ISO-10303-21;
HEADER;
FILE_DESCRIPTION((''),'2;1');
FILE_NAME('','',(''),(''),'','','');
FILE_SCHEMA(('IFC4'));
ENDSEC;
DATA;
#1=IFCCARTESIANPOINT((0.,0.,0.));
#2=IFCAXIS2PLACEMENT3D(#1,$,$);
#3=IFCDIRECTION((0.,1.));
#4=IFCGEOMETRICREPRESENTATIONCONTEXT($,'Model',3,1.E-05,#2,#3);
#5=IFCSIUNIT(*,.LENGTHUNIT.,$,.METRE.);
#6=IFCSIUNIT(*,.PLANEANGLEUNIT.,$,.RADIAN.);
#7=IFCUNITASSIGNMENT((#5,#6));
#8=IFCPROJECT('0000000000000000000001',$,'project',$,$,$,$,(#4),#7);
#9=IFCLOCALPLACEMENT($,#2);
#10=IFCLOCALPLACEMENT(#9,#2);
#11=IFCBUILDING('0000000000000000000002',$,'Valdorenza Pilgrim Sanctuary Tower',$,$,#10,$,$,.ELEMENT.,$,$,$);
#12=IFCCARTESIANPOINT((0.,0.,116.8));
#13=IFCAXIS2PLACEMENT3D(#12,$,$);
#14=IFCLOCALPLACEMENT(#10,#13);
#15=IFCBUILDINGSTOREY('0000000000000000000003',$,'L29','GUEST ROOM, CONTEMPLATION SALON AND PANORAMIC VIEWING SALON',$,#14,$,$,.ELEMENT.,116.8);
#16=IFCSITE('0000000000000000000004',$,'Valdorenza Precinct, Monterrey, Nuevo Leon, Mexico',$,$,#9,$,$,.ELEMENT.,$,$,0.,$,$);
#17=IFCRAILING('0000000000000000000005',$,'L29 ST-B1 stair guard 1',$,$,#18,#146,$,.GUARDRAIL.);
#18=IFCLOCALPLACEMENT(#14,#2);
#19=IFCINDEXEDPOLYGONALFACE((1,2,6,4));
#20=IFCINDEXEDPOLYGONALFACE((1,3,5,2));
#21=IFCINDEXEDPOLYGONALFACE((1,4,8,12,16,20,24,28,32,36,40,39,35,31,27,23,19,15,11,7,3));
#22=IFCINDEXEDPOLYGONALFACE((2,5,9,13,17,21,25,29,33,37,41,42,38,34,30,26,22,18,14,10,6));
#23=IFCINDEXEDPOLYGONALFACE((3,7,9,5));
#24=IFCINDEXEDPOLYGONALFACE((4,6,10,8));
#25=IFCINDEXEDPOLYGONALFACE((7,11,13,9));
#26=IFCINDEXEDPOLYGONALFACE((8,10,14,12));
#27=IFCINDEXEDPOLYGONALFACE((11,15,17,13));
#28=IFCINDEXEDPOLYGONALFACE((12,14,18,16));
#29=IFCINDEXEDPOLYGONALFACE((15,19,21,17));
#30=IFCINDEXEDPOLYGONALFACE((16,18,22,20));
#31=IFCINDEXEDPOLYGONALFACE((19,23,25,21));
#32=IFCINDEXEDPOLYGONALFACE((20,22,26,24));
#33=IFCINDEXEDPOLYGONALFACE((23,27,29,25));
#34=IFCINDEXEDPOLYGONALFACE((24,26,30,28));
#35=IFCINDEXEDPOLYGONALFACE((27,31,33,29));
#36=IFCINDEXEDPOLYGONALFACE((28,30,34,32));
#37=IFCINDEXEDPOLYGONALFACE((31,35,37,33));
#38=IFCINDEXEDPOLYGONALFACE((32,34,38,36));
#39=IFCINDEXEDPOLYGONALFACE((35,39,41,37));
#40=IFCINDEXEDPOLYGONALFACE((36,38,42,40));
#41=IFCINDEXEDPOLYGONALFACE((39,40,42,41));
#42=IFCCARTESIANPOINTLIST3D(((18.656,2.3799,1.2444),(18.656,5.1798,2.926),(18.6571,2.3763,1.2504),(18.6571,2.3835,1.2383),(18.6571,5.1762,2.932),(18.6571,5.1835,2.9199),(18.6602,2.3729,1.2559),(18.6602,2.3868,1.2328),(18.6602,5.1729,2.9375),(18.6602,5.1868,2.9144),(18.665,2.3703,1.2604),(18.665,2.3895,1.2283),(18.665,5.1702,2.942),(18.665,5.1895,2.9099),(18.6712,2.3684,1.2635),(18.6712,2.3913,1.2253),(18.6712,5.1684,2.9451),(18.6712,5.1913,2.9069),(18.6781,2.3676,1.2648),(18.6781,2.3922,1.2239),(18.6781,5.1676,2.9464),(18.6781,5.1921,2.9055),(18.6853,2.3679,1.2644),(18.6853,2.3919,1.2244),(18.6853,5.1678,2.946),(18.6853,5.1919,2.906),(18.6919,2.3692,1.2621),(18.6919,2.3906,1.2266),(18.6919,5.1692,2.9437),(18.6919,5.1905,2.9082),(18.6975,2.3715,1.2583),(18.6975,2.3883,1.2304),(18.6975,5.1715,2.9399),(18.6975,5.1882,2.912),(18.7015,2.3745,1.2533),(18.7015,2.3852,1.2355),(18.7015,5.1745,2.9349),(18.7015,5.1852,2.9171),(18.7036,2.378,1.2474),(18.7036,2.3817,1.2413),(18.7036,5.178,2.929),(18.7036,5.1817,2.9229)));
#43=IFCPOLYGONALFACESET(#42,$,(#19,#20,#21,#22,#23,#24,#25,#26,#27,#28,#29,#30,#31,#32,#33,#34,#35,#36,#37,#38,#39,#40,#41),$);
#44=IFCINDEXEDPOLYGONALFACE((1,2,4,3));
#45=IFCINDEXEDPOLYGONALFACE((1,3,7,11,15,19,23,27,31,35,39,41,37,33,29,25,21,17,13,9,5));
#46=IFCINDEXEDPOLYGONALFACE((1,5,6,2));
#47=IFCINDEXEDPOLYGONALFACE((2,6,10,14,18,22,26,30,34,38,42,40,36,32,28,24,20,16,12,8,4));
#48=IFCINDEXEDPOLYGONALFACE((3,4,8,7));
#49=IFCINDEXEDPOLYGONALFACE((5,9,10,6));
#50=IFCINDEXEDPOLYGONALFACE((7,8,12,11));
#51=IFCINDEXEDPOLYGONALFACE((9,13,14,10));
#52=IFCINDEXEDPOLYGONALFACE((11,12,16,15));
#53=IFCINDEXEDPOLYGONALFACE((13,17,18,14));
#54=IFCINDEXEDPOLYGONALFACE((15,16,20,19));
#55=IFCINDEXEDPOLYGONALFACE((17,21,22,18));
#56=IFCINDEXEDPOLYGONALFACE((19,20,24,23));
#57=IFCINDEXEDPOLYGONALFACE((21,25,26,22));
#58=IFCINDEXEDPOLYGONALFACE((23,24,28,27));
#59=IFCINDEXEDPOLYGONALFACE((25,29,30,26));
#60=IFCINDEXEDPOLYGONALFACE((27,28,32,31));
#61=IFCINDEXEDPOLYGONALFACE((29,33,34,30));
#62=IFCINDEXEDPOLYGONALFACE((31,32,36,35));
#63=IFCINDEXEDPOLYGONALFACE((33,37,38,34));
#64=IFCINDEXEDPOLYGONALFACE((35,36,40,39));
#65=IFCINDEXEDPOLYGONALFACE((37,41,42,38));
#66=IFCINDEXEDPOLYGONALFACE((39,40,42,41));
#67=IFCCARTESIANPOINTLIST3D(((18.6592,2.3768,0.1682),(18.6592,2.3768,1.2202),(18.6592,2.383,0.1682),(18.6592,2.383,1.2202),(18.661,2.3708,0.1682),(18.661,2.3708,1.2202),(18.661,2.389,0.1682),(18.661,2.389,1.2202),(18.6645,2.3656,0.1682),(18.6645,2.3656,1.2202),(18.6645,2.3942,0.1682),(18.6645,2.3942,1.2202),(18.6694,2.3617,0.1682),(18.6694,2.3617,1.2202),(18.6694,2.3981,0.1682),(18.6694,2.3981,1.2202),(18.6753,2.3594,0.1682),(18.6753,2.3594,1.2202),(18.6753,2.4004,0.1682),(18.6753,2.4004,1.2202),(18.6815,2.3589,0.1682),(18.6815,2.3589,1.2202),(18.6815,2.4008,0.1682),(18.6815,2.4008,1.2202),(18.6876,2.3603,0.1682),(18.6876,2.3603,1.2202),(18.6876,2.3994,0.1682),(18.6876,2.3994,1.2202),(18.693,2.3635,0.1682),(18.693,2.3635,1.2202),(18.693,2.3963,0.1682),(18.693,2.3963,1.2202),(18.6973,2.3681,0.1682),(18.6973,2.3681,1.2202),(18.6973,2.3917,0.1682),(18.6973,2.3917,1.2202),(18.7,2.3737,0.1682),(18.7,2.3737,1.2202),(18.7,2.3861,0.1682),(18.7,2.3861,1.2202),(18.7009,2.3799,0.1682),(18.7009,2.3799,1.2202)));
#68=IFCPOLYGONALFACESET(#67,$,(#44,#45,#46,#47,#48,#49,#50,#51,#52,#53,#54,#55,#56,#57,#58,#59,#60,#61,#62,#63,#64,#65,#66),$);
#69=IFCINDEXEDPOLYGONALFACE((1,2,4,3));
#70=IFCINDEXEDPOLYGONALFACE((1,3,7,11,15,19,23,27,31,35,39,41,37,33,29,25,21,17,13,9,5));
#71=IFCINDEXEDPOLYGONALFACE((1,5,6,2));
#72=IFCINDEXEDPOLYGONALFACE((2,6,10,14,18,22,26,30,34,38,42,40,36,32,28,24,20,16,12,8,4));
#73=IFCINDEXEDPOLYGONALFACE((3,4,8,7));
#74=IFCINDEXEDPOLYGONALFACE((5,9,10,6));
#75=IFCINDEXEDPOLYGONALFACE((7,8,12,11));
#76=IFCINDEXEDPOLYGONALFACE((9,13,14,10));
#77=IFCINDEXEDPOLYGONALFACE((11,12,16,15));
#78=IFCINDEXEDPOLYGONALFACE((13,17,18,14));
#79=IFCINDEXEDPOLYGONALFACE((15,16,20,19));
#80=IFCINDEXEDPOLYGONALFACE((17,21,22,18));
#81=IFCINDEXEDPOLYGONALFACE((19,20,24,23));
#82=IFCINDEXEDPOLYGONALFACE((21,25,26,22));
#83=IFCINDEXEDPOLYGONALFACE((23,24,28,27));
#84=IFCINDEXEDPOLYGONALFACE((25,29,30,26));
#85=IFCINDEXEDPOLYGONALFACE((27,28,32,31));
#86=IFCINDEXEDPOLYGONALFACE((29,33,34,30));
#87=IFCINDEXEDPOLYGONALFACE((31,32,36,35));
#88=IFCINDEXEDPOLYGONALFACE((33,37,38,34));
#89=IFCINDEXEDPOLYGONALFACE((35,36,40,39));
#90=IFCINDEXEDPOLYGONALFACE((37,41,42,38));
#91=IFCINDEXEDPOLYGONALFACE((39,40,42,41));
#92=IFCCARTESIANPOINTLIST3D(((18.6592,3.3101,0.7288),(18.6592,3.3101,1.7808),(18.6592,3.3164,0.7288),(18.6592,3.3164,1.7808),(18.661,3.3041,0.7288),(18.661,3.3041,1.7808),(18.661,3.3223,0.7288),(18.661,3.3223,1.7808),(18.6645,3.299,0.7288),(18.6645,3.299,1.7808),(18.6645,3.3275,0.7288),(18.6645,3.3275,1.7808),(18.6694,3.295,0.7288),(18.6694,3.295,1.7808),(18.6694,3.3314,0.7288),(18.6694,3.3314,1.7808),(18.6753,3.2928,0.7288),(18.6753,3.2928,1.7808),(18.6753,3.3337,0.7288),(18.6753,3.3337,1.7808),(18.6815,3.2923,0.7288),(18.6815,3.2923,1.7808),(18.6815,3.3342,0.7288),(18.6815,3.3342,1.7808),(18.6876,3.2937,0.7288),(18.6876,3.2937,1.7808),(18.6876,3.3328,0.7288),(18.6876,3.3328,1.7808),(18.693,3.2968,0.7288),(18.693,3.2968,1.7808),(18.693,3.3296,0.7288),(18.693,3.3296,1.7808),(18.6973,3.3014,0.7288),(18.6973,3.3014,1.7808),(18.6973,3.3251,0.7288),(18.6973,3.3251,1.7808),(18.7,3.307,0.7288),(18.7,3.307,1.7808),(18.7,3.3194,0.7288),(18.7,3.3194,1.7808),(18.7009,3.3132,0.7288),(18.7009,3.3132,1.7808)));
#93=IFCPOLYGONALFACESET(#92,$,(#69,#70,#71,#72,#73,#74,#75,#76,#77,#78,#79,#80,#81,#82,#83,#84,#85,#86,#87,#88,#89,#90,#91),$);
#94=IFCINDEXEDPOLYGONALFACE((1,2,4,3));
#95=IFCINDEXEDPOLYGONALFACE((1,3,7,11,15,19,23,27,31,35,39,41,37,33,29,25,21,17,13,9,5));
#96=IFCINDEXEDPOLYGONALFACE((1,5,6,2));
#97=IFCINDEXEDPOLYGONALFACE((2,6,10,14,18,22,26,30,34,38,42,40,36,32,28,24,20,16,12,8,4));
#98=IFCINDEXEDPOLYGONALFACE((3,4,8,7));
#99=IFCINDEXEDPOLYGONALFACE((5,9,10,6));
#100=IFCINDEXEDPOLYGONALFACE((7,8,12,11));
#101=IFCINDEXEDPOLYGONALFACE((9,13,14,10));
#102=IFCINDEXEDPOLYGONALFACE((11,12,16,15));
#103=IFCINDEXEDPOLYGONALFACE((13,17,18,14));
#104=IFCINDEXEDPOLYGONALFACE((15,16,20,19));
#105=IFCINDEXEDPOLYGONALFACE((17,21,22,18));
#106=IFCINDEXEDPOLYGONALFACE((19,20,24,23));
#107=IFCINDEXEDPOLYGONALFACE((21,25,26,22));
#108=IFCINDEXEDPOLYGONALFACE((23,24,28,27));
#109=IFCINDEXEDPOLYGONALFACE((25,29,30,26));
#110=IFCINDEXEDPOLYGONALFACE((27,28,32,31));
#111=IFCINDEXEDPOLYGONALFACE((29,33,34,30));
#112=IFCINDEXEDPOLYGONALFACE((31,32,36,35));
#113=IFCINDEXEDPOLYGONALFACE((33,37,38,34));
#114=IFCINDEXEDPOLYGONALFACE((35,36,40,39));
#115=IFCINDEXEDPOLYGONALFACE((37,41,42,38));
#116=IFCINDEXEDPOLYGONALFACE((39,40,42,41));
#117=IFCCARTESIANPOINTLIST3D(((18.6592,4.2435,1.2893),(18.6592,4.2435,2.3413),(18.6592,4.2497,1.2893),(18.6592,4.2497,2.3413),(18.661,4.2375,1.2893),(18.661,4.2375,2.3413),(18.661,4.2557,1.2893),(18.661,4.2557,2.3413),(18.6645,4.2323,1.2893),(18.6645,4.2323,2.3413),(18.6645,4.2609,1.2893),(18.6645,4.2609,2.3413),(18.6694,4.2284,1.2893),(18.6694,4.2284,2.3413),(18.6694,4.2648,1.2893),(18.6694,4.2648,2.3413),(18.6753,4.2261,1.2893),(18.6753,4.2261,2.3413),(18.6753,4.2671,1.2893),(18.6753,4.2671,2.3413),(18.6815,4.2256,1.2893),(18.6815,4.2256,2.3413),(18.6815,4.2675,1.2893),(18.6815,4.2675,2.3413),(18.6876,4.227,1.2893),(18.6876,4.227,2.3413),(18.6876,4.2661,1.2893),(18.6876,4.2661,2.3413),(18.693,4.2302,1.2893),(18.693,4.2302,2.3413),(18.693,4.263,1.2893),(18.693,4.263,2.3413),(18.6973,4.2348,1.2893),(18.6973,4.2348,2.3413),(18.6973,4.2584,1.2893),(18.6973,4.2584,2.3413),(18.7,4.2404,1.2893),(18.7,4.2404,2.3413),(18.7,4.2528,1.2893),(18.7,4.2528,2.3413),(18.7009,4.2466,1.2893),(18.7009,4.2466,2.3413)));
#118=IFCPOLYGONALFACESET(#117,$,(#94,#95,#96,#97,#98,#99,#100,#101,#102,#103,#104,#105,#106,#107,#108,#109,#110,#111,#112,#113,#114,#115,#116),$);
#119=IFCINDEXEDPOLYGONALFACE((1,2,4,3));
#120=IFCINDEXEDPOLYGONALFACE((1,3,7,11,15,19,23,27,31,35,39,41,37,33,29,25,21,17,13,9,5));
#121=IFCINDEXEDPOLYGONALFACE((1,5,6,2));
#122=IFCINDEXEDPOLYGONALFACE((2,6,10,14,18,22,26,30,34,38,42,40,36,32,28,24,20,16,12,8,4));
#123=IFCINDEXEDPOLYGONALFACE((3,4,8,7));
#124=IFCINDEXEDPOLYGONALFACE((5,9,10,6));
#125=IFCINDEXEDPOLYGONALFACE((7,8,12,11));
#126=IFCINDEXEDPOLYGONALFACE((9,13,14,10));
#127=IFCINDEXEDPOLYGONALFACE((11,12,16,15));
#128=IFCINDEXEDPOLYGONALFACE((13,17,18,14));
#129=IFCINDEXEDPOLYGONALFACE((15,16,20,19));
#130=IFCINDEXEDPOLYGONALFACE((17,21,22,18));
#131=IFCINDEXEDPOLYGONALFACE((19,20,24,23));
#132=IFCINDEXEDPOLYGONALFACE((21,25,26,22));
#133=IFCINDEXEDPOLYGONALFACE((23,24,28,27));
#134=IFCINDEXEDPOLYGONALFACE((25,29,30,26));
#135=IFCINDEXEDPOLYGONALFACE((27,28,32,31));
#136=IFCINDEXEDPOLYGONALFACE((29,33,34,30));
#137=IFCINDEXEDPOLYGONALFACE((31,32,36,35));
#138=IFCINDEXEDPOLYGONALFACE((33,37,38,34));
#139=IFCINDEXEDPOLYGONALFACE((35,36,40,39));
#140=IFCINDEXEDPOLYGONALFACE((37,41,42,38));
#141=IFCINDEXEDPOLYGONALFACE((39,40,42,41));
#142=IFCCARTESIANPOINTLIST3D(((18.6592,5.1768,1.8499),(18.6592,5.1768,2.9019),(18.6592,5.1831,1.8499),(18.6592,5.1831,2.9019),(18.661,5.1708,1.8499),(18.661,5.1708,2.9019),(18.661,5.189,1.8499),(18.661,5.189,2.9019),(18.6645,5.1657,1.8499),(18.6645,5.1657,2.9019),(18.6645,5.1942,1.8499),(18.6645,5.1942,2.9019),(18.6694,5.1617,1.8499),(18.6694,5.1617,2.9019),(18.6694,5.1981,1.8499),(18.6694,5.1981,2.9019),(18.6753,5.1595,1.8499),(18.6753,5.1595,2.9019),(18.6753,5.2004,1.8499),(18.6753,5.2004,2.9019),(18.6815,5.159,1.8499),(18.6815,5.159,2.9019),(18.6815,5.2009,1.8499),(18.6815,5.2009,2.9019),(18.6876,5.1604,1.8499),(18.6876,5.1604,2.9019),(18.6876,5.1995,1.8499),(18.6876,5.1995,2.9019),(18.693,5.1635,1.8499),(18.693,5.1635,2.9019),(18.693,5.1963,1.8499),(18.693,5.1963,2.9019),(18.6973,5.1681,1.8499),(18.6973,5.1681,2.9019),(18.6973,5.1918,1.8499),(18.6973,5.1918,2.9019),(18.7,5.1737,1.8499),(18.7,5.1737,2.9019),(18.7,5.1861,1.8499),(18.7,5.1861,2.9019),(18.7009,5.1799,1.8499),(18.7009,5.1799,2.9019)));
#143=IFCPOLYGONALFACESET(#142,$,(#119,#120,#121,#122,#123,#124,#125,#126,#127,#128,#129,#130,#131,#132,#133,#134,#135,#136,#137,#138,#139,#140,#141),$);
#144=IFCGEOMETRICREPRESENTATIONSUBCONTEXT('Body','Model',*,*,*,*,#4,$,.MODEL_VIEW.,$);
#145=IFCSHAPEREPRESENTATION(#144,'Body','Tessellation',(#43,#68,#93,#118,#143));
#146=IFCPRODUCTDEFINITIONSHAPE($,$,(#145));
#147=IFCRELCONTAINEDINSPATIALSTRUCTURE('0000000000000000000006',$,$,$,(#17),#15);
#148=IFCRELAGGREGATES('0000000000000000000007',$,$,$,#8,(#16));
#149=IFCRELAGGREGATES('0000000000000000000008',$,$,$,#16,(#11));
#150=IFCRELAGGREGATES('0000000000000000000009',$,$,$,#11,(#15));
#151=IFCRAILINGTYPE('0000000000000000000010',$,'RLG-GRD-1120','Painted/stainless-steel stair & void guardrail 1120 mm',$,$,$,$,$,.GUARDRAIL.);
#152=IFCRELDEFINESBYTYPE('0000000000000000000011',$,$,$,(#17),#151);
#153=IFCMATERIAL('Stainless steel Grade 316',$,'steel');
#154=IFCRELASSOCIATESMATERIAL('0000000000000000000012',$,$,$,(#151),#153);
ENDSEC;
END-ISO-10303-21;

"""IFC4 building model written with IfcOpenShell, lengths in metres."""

from ifc_helpers import new_model, si_unit, direction, frame, origin, origin_2d, place, context, subcontext, project, spatial, circle, extrude, material, type_object, element, save


model = new_model("IFC4")

# Units and contexts
model_context = context("Model", 3, precision=1e-05, world=origin(), true_north=direction((0.0, 1.0)))
body_context = subcontext(model_context, "Body", "Model", "MODEL_VIEW")
ifc_project = project(units=[si_unit("LENGTHUNIT", "METRE"), si_unit("PLANEANGLEUNIT", "RADIAN")], contexts=[model_context])

# Site, building, storey
site_placement = place(None, origin())
site = spatial("IfcSite", under=ifc_project, at=site_placement, Name="Valdorenza Precinct, Monterrey, Nuevo Leon, Mexico", CompositionType="ELEMENT", RefElevation=0.0)
building_placement = place(site_placement, origin())
building = spatial("IfcBuilding", under=site, at=building_placement, Name="Valdorenza Pilgrim Sanctuary Tower", CompositionType="ELEMENT")
storey_placement = place(building_placement, frame((0.0, 0.0, 116.8)))
storey = spatial("IfcBuildingStorey", under=building, at=storey_placement, Name="L29", Description="GUEST ROOM, CONTEMPLATION SALON AND PANORAMIC VIEWING SALON", CompositionType="ELEMENT", Elevation=116.8)

# Railing
ifc_material_1 = material(Name="Stainless steel Grade 316", Category="steel")
railing_type_1 = type_object("IfcRailingType", Name="RLG-GRD-1120", Description="Painted/stainless-steel stair & void guardrail 1120 mm", PredefinedType="GUARDRAIL", material=ifc_material_1)
railing_1_placement = place(storey_placement, frame((18.6799, 2.3799, 0.1682)))
element("IfcRailing", 1, at=railing_1_placement, inside=storey, type_object=railing_type_1, Name="L29 ST-B1 stair guard 1", PredefinedType="GUARDRAIL", context=body_context, shape_type="SweptSolid", body=[
    extrude(circle(Radius=0.0239, at=origin_2d()), frame((0.0, 0.0, 1.0762), z_axis=(0.0, 0.857275, 0.514858), x_axis=(-1.0, 0.0, 0.0)), (0.0, 0.0, 1.0), 3.2661),
    extrude(circle(Radius=0.021, at=origin_2d()), origin(), (0.0, 0.0, 1.0), 1.052),
    extrude(circle(Radius=0.021, at=origin_2d()), frame((0.0, 0.9333, 0.5605)), (0.0, 0.0, 1.0), 1.052),
    extrude(circle(Radius=0.021, at=origin_2d()), frame((0.0, 1.8667, 1.1211)), (0.0, 0.0, 1.0), 1.052),
    extrude(circle(Radius=0.021, at=origin_2d()), frame((0.0, 2.8, 1.6816)), (0.0, 0.0, 1.0), 1.052),
])

save(model, "model.ifc")
